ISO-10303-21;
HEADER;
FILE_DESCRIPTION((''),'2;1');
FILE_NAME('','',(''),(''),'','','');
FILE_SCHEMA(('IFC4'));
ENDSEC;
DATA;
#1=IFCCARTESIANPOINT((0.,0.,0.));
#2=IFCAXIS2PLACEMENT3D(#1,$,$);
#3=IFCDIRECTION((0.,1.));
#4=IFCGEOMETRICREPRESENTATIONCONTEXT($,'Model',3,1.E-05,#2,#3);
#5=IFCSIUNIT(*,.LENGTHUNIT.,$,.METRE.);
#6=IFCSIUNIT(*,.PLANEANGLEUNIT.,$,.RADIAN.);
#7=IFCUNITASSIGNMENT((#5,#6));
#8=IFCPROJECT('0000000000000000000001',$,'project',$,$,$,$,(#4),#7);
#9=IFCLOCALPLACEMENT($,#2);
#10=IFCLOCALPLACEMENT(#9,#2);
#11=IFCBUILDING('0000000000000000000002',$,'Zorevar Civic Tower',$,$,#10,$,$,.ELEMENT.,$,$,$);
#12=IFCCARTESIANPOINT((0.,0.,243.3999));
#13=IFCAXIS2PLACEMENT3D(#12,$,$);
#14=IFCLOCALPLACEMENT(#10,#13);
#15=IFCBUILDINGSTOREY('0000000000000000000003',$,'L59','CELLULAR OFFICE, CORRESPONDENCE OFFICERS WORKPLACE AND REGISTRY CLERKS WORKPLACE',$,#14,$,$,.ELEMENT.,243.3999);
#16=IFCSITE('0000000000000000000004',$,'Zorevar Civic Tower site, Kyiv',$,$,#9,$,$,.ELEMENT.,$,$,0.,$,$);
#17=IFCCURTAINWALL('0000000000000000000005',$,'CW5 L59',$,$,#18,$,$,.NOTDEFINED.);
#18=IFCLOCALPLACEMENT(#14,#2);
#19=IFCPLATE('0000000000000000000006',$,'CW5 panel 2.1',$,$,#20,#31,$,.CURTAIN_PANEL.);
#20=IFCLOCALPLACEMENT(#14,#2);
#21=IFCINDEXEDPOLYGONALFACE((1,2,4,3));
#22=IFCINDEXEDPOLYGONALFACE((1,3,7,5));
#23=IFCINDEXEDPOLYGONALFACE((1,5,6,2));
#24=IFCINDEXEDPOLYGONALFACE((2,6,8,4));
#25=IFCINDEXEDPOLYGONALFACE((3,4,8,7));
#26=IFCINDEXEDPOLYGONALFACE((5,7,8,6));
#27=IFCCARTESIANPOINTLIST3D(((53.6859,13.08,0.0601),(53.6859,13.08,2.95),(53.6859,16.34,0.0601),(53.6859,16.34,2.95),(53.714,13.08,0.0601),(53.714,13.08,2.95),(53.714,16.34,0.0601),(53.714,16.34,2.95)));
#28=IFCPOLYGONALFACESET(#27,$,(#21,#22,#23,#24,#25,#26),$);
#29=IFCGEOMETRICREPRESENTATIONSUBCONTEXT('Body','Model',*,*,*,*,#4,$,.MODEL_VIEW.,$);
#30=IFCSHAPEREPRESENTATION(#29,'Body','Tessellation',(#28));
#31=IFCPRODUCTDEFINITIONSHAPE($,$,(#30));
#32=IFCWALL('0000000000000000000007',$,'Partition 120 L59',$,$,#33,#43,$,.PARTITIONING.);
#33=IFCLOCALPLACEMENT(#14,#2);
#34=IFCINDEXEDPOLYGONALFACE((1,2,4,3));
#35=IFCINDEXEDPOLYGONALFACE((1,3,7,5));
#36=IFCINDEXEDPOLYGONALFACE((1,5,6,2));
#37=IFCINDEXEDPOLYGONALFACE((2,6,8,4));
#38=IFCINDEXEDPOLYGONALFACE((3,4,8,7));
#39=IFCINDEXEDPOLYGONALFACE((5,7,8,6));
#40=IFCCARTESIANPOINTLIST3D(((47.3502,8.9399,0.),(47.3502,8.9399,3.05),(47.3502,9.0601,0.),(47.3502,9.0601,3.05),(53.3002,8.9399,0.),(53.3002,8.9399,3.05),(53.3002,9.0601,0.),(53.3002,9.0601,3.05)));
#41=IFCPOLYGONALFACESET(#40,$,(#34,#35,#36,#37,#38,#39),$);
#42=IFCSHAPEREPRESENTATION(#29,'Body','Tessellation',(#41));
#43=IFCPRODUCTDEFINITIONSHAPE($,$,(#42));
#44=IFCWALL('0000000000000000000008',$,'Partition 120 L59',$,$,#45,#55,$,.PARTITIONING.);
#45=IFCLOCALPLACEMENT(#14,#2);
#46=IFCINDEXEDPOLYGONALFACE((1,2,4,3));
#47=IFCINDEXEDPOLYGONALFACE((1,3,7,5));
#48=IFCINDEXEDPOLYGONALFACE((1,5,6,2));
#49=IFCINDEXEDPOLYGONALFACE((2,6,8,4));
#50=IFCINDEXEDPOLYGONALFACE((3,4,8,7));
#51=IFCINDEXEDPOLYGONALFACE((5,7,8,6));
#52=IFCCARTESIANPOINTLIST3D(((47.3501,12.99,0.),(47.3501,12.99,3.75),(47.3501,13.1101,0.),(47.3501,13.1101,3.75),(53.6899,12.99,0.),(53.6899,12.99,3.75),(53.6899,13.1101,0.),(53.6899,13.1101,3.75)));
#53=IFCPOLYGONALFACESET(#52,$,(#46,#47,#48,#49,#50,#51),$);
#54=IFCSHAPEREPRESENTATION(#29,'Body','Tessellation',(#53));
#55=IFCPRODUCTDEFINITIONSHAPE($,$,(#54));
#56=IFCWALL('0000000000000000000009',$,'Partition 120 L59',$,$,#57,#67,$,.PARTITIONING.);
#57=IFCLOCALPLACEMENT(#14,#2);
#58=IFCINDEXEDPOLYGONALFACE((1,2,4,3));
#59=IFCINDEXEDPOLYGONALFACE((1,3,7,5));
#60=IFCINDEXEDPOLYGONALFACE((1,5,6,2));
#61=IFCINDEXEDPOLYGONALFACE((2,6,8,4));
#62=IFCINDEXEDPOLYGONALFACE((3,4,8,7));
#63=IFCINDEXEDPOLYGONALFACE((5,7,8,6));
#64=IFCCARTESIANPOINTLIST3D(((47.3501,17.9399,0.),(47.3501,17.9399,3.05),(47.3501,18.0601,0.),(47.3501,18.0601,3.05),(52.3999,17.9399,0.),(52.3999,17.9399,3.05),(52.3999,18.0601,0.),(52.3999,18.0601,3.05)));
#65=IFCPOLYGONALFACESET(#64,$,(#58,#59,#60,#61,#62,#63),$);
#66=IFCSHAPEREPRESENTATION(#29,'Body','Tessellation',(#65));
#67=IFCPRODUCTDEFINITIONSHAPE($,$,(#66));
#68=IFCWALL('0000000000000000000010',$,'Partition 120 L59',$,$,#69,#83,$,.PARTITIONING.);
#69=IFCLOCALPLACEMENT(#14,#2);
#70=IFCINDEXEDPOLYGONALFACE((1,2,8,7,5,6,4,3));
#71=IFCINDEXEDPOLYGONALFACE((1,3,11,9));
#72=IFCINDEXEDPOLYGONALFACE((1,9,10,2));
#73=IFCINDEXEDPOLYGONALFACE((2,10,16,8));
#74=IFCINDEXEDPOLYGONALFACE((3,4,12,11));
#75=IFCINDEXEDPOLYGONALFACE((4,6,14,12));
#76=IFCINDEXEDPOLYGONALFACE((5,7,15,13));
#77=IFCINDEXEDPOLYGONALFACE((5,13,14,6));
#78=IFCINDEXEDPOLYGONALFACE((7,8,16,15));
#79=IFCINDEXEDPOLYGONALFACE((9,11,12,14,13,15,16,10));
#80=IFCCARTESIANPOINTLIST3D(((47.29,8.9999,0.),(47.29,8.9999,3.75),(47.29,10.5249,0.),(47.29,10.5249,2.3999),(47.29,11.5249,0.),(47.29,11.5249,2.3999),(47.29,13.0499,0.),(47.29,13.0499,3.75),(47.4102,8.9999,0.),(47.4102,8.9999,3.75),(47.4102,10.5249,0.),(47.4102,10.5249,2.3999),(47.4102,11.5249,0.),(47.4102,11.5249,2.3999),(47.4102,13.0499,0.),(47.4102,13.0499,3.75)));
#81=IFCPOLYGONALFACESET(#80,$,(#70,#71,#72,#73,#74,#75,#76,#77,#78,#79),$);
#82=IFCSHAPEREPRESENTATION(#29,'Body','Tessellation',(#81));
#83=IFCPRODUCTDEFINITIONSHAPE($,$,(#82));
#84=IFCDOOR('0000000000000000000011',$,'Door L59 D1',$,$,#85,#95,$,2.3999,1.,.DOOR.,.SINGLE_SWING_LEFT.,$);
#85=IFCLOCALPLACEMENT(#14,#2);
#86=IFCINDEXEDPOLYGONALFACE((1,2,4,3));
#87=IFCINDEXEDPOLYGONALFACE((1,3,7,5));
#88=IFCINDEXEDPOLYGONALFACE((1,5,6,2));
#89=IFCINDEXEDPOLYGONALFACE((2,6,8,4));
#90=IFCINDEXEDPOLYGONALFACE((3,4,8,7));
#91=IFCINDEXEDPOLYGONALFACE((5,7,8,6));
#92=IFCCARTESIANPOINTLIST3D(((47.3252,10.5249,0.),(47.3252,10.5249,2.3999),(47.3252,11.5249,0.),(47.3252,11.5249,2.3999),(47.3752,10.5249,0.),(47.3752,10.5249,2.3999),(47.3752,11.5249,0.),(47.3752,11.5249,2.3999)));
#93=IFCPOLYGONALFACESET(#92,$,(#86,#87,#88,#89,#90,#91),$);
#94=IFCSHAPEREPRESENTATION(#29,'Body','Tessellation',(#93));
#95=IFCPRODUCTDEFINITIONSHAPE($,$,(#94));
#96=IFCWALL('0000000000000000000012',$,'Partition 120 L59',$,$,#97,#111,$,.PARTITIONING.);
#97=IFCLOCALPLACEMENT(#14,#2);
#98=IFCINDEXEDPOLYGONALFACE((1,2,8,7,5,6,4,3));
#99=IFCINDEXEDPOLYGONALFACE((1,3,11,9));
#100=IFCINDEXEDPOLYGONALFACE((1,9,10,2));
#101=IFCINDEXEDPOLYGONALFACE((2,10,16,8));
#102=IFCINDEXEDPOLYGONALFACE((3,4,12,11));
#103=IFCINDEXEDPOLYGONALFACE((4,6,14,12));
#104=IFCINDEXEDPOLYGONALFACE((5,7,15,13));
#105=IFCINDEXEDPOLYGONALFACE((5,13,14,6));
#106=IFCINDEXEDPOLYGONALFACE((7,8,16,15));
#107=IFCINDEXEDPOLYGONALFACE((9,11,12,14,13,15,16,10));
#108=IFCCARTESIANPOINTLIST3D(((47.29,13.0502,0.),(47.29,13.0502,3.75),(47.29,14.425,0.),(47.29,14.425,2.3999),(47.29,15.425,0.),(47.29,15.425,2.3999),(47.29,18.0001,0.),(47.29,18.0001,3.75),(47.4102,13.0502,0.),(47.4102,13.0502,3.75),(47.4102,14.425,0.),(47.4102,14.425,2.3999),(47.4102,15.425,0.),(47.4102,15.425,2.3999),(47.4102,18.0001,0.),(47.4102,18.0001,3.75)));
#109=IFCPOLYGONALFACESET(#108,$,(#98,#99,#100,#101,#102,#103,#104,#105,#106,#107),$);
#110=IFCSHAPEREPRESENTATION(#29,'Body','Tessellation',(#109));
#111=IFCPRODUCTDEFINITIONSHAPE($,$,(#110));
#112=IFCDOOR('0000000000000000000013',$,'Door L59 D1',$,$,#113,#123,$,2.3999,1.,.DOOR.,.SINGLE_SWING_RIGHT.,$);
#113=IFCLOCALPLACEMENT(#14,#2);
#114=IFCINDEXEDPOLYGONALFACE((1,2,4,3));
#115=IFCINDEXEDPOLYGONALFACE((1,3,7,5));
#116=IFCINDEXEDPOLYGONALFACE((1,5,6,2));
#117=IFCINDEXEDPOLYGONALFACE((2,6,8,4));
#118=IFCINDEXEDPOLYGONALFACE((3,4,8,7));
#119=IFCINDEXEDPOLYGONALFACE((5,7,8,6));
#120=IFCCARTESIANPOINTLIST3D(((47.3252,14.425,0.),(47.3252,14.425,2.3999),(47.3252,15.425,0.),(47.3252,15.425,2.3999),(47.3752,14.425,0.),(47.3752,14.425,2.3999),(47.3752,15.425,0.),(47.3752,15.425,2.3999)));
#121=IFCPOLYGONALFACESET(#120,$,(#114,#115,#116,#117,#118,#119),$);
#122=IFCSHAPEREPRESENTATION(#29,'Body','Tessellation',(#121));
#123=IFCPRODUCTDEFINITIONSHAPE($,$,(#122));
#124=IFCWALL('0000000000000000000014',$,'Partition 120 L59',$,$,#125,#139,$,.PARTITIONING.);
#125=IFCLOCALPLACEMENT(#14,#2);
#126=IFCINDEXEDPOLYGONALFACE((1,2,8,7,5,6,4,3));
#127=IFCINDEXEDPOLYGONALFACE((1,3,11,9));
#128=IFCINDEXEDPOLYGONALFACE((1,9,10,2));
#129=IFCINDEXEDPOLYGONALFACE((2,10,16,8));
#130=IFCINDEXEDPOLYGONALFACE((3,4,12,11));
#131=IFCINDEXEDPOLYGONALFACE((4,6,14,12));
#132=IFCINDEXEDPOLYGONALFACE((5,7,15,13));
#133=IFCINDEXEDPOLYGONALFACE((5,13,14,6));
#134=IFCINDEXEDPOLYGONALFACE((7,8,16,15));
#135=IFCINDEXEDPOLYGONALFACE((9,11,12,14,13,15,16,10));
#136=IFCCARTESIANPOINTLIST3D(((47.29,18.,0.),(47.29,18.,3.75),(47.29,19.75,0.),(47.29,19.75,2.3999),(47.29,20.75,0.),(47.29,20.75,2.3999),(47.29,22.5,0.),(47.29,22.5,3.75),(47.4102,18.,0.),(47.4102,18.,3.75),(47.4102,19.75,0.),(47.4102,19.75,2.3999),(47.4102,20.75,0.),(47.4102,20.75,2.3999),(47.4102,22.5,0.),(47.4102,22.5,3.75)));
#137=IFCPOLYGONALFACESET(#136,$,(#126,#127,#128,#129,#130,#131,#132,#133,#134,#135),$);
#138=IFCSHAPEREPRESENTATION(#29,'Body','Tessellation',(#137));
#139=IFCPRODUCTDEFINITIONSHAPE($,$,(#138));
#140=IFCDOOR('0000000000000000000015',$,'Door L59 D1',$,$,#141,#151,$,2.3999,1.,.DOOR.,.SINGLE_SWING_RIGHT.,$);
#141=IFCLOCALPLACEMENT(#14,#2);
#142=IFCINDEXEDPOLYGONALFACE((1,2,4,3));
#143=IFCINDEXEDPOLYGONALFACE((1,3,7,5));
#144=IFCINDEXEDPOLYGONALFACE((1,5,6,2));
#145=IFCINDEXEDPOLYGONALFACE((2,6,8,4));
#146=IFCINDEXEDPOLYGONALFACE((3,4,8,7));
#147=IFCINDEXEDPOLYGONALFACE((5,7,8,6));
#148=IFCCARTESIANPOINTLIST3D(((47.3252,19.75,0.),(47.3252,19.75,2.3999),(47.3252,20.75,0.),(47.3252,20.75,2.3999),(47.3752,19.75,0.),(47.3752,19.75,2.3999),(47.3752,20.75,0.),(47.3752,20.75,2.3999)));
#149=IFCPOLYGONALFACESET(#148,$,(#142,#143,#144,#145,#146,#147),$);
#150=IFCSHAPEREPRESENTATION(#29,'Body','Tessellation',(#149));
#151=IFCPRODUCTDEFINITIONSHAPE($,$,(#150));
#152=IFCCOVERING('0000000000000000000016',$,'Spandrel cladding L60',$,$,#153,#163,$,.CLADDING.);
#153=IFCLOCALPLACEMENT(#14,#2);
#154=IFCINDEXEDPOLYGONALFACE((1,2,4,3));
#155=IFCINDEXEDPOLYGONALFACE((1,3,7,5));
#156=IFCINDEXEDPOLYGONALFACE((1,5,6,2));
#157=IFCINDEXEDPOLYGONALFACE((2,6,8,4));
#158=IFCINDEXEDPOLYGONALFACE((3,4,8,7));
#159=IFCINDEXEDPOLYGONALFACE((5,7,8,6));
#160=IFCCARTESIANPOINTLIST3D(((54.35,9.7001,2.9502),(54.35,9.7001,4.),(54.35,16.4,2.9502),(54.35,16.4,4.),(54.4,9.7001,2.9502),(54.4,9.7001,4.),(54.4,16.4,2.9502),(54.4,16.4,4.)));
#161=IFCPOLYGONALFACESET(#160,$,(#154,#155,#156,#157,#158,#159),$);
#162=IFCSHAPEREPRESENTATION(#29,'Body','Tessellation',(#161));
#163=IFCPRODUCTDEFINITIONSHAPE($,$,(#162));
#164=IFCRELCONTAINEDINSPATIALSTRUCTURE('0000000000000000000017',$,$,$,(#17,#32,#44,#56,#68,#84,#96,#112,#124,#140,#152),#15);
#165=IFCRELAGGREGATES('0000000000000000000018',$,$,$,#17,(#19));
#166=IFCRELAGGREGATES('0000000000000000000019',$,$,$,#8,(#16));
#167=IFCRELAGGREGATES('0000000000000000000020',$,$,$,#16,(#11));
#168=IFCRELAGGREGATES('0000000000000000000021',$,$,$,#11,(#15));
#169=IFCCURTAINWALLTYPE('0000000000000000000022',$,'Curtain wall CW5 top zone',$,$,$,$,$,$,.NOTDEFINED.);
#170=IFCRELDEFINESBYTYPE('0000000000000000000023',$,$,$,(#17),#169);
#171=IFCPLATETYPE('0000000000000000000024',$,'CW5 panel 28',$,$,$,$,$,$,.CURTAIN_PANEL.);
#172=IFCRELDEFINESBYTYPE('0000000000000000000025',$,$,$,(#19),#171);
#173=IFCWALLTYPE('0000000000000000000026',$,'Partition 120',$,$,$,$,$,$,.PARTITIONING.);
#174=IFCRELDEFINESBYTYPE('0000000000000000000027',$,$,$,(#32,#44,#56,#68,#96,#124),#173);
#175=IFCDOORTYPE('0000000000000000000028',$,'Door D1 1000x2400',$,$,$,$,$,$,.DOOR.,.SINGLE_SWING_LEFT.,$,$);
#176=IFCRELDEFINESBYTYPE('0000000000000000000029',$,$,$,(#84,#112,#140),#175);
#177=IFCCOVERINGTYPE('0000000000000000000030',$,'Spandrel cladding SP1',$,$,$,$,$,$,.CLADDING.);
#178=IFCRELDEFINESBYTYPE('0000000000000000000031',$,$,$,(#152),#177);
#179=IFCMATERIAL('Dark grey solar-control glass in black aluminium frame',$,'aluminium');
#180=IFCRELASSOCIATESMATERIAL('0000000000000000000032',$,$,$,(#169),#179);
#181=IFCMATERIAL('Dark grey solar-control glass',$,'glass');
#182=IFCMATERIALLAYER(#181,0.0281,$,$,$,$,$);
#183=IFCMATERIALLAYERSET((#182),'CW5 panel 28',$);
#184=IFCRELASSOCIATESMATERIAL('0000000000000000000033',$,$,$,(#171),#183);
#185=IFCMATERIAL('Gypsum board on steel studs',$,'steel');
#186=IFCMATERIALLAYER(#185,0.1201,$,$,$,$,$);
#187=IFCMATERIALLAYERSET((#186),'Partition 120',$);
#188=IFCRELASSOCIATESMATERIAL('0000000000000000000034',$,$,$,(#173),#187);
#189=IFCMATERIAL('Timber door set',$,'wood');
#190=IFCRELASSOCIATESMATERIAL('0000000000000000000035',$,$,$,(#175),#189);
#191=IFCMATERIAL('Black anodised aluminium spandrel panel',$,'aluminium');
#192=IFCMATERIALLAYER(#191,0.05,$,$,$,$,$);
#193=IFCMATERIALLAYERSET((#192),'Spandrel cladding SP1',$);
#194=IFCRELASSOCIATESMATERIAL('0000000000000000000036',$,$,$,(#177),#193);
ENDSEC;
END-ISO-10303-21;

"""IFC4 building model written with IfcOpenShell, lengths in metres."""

from ifc_helpers import new_model, si_unit, direction, frame, frame_2d, origin, origin_2d, place, context, subcontext, project, spatial, rectangle, extrude, material, layer, layer_set, type_object, element, fill, aggregate, save


model = new_model("IFC4")

# Units and contexts
model_context = context("Model", 3, precision=1e-05, world=origin(), true_north=direction((0.0, 1.0)))
body_context = subcontext(model_context, "Body", "Model", "MODEL_VIEW")
ifc_project = project(units=[si_unit("LENGTHUNIT", "METRE"), si_unit("PLANEANGLEUNIT", "RADIAN")], contexts=[model_context])

# Site, building, storey
site_placement = place(None, origin())
site = spatial("IfcSite", under=ifc_project, at=site_placement, Name="Zorevar Civic Tower site, Kyiv", CompositionType="ELEMENT", RefElevation=0.0)
building_placement = place(site_placement, origin())
building = spatial("IfcBuilding", under=site, at=building_placement, Name="Zorevar Civic Tower", CompositionType="ELEMENT")
storey_placement = place(building_placement, frame((0.0, 0.0, 243.3999)))
storey = spatial("IfcBuildingStorey", under=building, at=storey_placement, Name="L59", Description="CELLULAR OFFICE, CORRESPONDENCE OFFICERS WORKPLACE AND REGISTRY CLERKS WORKPLACE", CompositionType="ELEMENT", Elevation=243.3999)

# Curtain wall
ifc_material_1 = material(Name="Dark grey solar-control glass in black aluminium frame", Category="aluminium")
curtain_wall_type = type_object("IfcCurtainWallType", Name="Curtain wall CW5 top zone", PredefinedType="NOTDEFINED", material=ifc_material_1)
curtain_wall_placement = place(storey_placement, origin())
curtain_wall = element("IfcCurtainWall", 1, at=curtain_wall_placement, inside=storey, type_object=curtain_wall_type, Name="CW5 L59", PredefinedType="NOTDEFINED")

# Plate
ifc_material_2 = material(Name="Dark grey solar-control glass", Category="glass")
ifc_layer_1 = layer(ifc_material_2, 0.0281)
ifc_layer_set_1 = layer_set([ifc_layer_1], Name="CW5 panel 28")
plate_type = type_object("IfcPlateType", Name="CW5 panel 28", PredefinedType="CURTAIN_PANEL", material=ifc_layer_set_1)
plate_1_placement = place(storey_placement, frame((53.7, 14.71, 0.0601), z_axis=(0.0, 0.0, 1.0), x_axis=(0.0, 1.0, 0.0)))
plate_1 = element("IfcPlate", 2, at=plate_1_placement, type_object=plate_type, Name="CW5 panel 2.1", PredefinedType="CURTAIN_PANEL", context=body_context, shape_type="SweptSolid", body=[
    extrude(rectangle(XDim=3.26, YDim=0.0281, at=origin_2d()), origin(), (0.0, 0.0, 1.0), 2.8899),
])
aggregate(curtain_wall, [plate_1])

# Walls
ifc_material_3 = material(Name="Gypsum board on steel studs", Category="steel")
ifc_layer_2 = layer(ifc_material_3, 0.1201)
ifc_layer_set_2 = layer_set([ifc_layer_2], Name="Partition 120")
wall_type = type_object("IfcWallType", Name="Partition 120", PredefinedType="PARTITIONING", material=ifc_layer_set_2)
wall_1_placement = place(storey_placement, frame((47.3501, 9.0, 0.0), z_axis=(0.0, 0.0, 1.0), x_axis=(1.0, 0.0, 0.0)))
element("IfcWall", 3, at=wall_1_placement, inside=storey, type_object=wall_type, Name="Partition 120 L59", PredefinedType="PARTITIONING", context=body_context, shape_type="SweptSolid", body=[
    extrude(rectangle(XDim=5.95, YDim=0.1201, at=frame_2d((2.9751, 0.0))), origin(), (0.0, 0.0, 1.0), 3.05),
])
wall_2_placement = place(storey_placement, frame((47.3501, 13.05, 0.0), z_axis=(0.0, 0.0, 1.0), x_axis=(1.0, 0.0, 0.0)))
element("IfcWall", 4, at=wall_2_placement, inside=storey, type_object=wall_type, Name="Partition 120 L59", PredefinedType="PARTITIONING", context=body_context, shape_type="SweptSolid", body=[
    extrude(rectangle(XDim=6.3398, YDim=0.1201, at=frame_2d((3.1699, 0.0))), origin(), (0.0, 0.0, 1.0), 3.75),
])
wall_3_placement = place(storey_placement, frame((47.3501, 18.0, 0.0), z_axis=(0.0, 0.0, 1.0), x_axis=(1.0, 0.0, 0.0)))
element("IfcWall", 5, at=wall_3_placement, inside=storey, type_object=wall_type, Name="Partition 120 L59", PredefinedType="PARTITIONING", context=body_context, shape_type="SweptSolid", body=[
    extrude(rectangle(XDim=5.0498, YDim=0.1201, at=frame_2d((2.5249, 0.0))), origin(), (0.0, 0.0, 1.0), 3.05),
])

# Walls, openings, doors
wall_4_placement = place(storey_placement, frame((47.3501, 9.0, 0.0), z_axis=(0.0, 0.0, 1.0), x_axis=(0.0, 1.0, 0.0)))
wall_4 = element("IfcWall", 6, at=wall_4_placement, inside=storey, type_object=wall_type, Name="Partition 120 L59", PredefinedType="PARTITIONING", context=body_context, shape_type="SweptSolid", body=[
    extrude(rectangle(XDim=4.05, YDim=0.1201, at=frame_2d((2.0249, 0.0))), origin(), (0.0, 0.0, 1.0), 3.75),
])
opening_1_placement = place(wall_4_placement, frame((1.5249, 0.0, 0.0)))
opening_1 = element("IfcOpeningElement", 7, at=opening_1_placement, cuts=wall_4, PredefinedType="OPENING", context=body_context, shape_type="SweptSolid", body=[
    extrude(rectangle(XDim=1.0, YDim=2.3999, at=frame_2d((0.5, 1.2))), frame((0.0, 0.0701, 0.0), z_axis=(0.0, -1.0, 0.0), x_axis=(1.0, 0.0, 0.0)), (0.0, 0.0, 1.0), 0.1401),
])
ifc_material_4 = material(Name="Timber door set", Category="wood")
door_type = type_object("IfcDoorType", Name="Door D1 1000x2400", OperationType="SINGLE_SWING_LEFT", PredefinedType="DOOR", material=ifc_material_4)
door_1_placement = place(opening_1_placement, origin())
door_1 = element("IfcDoor", 8, at=door_1_placement, inside=storey, type_object=door_type, Name="Door L59 D1", OperationType="SINGLE_SWING_LEFT", OverallHeight=2.3999, OverallWidth=1.0, PredefinedType="DOOR", context=body_context, shape_type="SweptSolid", body=[
    extrude(rectangle(XDim=1.0, YDim=2.3999, at=frame_2d((0.5, 1.2))), frame((0.0, 0.0249, 0.0), z_axis=(0.0, -1.0, 0.0), x_axis=(1.0, 0.0, 0.0)), (0.0, 0.0, 1.0), 0.05),
])
fill(opening_1, door_1)
wall_5_placement = place(storey_placement, frame((47.3501, 13.05, 0.0), z_axis=(0.0, 0.0, 1.0), x_axis=(0.0, 1.0, 0.0)))
wall_5 = element("IfcWall", 9, at=wall_5_placement, inside=storey, type_object=wall_type, Name="Partition 120 L59", PredefinedType="PARTITIONING", context=body_context, shape_type="SweptSolid", body=[
    extrude(rectangle(XDim=4.95, YDim=0.1201, at=frame_2d((2.4751, 0.0))), origin(), (0.0, 0.0, 1.0), 3.75),
])
opening_2_placement = place(wall_5_placement, frame((1.375, 0.0, 0.0)))
opening_2 = element("IfcOpeningElement", 10, at=opening_2_placement, cuts=wall_5, PredefinedType="OPENING", context=body_context, shape_type="SweptSolid", body=[
    extrude(rectangle(XDim=1.0, YDim=2.3999, at=frame_2d((0.5, 1.2))), frame((0.0, 0.0701, 0.0), z_axis=(0.0, -1.0, 0.0), x_axis=(1.0, 0.0, 0.0)), (0.0, 0.0, 1.0), 0.1401),
])
door_2_placement = place(opening_2_placement, origin())
door_2 = element("IfcDoor", 11, at=door_2_placement, inside=storey, type_object=door_type, Name="Door L59 D1", OperationType="SINGLE_SWING_RIGHT", OverallHeight=2.3999, OverallWidth=1.0, PredefinedType="DOOR", context=body_context, shape_type="SweptSolid", body=[
    extrude(rectangle(XDim=1.0, YDim=2.3999, at=frame_2d((0.5, 1.2))), frame((0.0, 0.0249, 0.0), z_axis=(0.0, -1.0, 0.0), x_axis=(1.0, 0.0, 0.0)), (0.0, 0.0, 1.0), 0.05),
])
fill(opening_2, door_2)
wall_6_placement = place(storey_placement, frame((47.3501, 18.0, 0.0), z_axis=(0.0, 0.0, 1.0), x_axis=(0.0, 1.0, 0.0)))
wall_6 = element("IfcWall", 12, at=wall_6_placement, inside=storey, type_object=wall_type, Name="Partition 120 L59", PredefinedType="PARTITIONING", context=body_context, shape_type="SweptSolid", body=[
    extrude(rectangle(XDim=4.5, YDim=0.1201, at=frame_2d((2.25, 0.0))), origin(), (0.0, 0.0, 1.0), 3.75),
])
opening_3_placement = place(wall_6_placement, frame((1.75, 0.0, 0.0)))
opening_3 = element("IfcOpeningElement", 13, at=opening_3_placement, cuts=wall_6, PredefinedType="OPENING", context=body_context, shape_type="SweptSolid", body=[
    extrude(rectangle(XDim=1.0, YDim=2.3999, at=frame_2d((0.5, 1.2))), frame((0.0, 0.0701, 0.0), z_axis=(0.0, -1.0, 0.0), x_axis=(1.0, 0.0, 0.0)), (0.0, 0.0, 1.0), 0.1401),
])
door_3_placement = place(opening_3_placement, origin())
door_3 = element("IfcDoor", 14, at=door_3_placement, inside=storey, type_object=door_type, Name="Door L59 D1", OperationType="SINGLE_SWING_RIGHT", OverallHeight=2.3999, OverallWidth=1.0, PredefinedType="DOOR", context=body_context, shape_type="SweptSolid", body=[
    extrude(rectangle(XDim=1.0, YDim=2.3999, at=frame_2d((0.5, 1.2))), frame((0.0, 0.0249, 0.0), z_axis=(0.0, -1.0, 0.0), x_axis=(1.0, 0.0, 0.0)), (0.0, 0.0, 1.0), 0.05),
])
fill(opening_3, door_3)

# Covering
ifc_material_5 = material(Name="Black anodised aluminium spandrel panel", Category="aluminium")
ifc_layer_3 = layer(ifc_material_5, 0.05)
ifc_layer_set_3 = layer_set([ifc_layer_3], Name="Spandrel cladding SP1")
covering_type = type_object("IfcCoveringType", Name="Spandrel cladding SP1", PredefinedType="CLADDING", material=ifc_layer_set_3)
covering_placement = place(storey_placement, frame((54.375, 9.7, 2.9502), z_axis=(0.0, 0.0, 1.0), x_axis=(0.0, 1.0, 0.0)))
element("IfcCovering", 15, at=covering_placement, inside=storey, type_object=covering_type, Name="Spandrel cladding L60", PredefinedType="CLADDING", context=body_context, shape_type="SweptSolid", body=[
    extrude(rectangle(XDim=6.7, YDim=0.05, at=frame_2d((3.3501, 0.0))), origin(), (0.0, 0.0, 1.0), 1.0498),
])

save(model, "model.ifc")
